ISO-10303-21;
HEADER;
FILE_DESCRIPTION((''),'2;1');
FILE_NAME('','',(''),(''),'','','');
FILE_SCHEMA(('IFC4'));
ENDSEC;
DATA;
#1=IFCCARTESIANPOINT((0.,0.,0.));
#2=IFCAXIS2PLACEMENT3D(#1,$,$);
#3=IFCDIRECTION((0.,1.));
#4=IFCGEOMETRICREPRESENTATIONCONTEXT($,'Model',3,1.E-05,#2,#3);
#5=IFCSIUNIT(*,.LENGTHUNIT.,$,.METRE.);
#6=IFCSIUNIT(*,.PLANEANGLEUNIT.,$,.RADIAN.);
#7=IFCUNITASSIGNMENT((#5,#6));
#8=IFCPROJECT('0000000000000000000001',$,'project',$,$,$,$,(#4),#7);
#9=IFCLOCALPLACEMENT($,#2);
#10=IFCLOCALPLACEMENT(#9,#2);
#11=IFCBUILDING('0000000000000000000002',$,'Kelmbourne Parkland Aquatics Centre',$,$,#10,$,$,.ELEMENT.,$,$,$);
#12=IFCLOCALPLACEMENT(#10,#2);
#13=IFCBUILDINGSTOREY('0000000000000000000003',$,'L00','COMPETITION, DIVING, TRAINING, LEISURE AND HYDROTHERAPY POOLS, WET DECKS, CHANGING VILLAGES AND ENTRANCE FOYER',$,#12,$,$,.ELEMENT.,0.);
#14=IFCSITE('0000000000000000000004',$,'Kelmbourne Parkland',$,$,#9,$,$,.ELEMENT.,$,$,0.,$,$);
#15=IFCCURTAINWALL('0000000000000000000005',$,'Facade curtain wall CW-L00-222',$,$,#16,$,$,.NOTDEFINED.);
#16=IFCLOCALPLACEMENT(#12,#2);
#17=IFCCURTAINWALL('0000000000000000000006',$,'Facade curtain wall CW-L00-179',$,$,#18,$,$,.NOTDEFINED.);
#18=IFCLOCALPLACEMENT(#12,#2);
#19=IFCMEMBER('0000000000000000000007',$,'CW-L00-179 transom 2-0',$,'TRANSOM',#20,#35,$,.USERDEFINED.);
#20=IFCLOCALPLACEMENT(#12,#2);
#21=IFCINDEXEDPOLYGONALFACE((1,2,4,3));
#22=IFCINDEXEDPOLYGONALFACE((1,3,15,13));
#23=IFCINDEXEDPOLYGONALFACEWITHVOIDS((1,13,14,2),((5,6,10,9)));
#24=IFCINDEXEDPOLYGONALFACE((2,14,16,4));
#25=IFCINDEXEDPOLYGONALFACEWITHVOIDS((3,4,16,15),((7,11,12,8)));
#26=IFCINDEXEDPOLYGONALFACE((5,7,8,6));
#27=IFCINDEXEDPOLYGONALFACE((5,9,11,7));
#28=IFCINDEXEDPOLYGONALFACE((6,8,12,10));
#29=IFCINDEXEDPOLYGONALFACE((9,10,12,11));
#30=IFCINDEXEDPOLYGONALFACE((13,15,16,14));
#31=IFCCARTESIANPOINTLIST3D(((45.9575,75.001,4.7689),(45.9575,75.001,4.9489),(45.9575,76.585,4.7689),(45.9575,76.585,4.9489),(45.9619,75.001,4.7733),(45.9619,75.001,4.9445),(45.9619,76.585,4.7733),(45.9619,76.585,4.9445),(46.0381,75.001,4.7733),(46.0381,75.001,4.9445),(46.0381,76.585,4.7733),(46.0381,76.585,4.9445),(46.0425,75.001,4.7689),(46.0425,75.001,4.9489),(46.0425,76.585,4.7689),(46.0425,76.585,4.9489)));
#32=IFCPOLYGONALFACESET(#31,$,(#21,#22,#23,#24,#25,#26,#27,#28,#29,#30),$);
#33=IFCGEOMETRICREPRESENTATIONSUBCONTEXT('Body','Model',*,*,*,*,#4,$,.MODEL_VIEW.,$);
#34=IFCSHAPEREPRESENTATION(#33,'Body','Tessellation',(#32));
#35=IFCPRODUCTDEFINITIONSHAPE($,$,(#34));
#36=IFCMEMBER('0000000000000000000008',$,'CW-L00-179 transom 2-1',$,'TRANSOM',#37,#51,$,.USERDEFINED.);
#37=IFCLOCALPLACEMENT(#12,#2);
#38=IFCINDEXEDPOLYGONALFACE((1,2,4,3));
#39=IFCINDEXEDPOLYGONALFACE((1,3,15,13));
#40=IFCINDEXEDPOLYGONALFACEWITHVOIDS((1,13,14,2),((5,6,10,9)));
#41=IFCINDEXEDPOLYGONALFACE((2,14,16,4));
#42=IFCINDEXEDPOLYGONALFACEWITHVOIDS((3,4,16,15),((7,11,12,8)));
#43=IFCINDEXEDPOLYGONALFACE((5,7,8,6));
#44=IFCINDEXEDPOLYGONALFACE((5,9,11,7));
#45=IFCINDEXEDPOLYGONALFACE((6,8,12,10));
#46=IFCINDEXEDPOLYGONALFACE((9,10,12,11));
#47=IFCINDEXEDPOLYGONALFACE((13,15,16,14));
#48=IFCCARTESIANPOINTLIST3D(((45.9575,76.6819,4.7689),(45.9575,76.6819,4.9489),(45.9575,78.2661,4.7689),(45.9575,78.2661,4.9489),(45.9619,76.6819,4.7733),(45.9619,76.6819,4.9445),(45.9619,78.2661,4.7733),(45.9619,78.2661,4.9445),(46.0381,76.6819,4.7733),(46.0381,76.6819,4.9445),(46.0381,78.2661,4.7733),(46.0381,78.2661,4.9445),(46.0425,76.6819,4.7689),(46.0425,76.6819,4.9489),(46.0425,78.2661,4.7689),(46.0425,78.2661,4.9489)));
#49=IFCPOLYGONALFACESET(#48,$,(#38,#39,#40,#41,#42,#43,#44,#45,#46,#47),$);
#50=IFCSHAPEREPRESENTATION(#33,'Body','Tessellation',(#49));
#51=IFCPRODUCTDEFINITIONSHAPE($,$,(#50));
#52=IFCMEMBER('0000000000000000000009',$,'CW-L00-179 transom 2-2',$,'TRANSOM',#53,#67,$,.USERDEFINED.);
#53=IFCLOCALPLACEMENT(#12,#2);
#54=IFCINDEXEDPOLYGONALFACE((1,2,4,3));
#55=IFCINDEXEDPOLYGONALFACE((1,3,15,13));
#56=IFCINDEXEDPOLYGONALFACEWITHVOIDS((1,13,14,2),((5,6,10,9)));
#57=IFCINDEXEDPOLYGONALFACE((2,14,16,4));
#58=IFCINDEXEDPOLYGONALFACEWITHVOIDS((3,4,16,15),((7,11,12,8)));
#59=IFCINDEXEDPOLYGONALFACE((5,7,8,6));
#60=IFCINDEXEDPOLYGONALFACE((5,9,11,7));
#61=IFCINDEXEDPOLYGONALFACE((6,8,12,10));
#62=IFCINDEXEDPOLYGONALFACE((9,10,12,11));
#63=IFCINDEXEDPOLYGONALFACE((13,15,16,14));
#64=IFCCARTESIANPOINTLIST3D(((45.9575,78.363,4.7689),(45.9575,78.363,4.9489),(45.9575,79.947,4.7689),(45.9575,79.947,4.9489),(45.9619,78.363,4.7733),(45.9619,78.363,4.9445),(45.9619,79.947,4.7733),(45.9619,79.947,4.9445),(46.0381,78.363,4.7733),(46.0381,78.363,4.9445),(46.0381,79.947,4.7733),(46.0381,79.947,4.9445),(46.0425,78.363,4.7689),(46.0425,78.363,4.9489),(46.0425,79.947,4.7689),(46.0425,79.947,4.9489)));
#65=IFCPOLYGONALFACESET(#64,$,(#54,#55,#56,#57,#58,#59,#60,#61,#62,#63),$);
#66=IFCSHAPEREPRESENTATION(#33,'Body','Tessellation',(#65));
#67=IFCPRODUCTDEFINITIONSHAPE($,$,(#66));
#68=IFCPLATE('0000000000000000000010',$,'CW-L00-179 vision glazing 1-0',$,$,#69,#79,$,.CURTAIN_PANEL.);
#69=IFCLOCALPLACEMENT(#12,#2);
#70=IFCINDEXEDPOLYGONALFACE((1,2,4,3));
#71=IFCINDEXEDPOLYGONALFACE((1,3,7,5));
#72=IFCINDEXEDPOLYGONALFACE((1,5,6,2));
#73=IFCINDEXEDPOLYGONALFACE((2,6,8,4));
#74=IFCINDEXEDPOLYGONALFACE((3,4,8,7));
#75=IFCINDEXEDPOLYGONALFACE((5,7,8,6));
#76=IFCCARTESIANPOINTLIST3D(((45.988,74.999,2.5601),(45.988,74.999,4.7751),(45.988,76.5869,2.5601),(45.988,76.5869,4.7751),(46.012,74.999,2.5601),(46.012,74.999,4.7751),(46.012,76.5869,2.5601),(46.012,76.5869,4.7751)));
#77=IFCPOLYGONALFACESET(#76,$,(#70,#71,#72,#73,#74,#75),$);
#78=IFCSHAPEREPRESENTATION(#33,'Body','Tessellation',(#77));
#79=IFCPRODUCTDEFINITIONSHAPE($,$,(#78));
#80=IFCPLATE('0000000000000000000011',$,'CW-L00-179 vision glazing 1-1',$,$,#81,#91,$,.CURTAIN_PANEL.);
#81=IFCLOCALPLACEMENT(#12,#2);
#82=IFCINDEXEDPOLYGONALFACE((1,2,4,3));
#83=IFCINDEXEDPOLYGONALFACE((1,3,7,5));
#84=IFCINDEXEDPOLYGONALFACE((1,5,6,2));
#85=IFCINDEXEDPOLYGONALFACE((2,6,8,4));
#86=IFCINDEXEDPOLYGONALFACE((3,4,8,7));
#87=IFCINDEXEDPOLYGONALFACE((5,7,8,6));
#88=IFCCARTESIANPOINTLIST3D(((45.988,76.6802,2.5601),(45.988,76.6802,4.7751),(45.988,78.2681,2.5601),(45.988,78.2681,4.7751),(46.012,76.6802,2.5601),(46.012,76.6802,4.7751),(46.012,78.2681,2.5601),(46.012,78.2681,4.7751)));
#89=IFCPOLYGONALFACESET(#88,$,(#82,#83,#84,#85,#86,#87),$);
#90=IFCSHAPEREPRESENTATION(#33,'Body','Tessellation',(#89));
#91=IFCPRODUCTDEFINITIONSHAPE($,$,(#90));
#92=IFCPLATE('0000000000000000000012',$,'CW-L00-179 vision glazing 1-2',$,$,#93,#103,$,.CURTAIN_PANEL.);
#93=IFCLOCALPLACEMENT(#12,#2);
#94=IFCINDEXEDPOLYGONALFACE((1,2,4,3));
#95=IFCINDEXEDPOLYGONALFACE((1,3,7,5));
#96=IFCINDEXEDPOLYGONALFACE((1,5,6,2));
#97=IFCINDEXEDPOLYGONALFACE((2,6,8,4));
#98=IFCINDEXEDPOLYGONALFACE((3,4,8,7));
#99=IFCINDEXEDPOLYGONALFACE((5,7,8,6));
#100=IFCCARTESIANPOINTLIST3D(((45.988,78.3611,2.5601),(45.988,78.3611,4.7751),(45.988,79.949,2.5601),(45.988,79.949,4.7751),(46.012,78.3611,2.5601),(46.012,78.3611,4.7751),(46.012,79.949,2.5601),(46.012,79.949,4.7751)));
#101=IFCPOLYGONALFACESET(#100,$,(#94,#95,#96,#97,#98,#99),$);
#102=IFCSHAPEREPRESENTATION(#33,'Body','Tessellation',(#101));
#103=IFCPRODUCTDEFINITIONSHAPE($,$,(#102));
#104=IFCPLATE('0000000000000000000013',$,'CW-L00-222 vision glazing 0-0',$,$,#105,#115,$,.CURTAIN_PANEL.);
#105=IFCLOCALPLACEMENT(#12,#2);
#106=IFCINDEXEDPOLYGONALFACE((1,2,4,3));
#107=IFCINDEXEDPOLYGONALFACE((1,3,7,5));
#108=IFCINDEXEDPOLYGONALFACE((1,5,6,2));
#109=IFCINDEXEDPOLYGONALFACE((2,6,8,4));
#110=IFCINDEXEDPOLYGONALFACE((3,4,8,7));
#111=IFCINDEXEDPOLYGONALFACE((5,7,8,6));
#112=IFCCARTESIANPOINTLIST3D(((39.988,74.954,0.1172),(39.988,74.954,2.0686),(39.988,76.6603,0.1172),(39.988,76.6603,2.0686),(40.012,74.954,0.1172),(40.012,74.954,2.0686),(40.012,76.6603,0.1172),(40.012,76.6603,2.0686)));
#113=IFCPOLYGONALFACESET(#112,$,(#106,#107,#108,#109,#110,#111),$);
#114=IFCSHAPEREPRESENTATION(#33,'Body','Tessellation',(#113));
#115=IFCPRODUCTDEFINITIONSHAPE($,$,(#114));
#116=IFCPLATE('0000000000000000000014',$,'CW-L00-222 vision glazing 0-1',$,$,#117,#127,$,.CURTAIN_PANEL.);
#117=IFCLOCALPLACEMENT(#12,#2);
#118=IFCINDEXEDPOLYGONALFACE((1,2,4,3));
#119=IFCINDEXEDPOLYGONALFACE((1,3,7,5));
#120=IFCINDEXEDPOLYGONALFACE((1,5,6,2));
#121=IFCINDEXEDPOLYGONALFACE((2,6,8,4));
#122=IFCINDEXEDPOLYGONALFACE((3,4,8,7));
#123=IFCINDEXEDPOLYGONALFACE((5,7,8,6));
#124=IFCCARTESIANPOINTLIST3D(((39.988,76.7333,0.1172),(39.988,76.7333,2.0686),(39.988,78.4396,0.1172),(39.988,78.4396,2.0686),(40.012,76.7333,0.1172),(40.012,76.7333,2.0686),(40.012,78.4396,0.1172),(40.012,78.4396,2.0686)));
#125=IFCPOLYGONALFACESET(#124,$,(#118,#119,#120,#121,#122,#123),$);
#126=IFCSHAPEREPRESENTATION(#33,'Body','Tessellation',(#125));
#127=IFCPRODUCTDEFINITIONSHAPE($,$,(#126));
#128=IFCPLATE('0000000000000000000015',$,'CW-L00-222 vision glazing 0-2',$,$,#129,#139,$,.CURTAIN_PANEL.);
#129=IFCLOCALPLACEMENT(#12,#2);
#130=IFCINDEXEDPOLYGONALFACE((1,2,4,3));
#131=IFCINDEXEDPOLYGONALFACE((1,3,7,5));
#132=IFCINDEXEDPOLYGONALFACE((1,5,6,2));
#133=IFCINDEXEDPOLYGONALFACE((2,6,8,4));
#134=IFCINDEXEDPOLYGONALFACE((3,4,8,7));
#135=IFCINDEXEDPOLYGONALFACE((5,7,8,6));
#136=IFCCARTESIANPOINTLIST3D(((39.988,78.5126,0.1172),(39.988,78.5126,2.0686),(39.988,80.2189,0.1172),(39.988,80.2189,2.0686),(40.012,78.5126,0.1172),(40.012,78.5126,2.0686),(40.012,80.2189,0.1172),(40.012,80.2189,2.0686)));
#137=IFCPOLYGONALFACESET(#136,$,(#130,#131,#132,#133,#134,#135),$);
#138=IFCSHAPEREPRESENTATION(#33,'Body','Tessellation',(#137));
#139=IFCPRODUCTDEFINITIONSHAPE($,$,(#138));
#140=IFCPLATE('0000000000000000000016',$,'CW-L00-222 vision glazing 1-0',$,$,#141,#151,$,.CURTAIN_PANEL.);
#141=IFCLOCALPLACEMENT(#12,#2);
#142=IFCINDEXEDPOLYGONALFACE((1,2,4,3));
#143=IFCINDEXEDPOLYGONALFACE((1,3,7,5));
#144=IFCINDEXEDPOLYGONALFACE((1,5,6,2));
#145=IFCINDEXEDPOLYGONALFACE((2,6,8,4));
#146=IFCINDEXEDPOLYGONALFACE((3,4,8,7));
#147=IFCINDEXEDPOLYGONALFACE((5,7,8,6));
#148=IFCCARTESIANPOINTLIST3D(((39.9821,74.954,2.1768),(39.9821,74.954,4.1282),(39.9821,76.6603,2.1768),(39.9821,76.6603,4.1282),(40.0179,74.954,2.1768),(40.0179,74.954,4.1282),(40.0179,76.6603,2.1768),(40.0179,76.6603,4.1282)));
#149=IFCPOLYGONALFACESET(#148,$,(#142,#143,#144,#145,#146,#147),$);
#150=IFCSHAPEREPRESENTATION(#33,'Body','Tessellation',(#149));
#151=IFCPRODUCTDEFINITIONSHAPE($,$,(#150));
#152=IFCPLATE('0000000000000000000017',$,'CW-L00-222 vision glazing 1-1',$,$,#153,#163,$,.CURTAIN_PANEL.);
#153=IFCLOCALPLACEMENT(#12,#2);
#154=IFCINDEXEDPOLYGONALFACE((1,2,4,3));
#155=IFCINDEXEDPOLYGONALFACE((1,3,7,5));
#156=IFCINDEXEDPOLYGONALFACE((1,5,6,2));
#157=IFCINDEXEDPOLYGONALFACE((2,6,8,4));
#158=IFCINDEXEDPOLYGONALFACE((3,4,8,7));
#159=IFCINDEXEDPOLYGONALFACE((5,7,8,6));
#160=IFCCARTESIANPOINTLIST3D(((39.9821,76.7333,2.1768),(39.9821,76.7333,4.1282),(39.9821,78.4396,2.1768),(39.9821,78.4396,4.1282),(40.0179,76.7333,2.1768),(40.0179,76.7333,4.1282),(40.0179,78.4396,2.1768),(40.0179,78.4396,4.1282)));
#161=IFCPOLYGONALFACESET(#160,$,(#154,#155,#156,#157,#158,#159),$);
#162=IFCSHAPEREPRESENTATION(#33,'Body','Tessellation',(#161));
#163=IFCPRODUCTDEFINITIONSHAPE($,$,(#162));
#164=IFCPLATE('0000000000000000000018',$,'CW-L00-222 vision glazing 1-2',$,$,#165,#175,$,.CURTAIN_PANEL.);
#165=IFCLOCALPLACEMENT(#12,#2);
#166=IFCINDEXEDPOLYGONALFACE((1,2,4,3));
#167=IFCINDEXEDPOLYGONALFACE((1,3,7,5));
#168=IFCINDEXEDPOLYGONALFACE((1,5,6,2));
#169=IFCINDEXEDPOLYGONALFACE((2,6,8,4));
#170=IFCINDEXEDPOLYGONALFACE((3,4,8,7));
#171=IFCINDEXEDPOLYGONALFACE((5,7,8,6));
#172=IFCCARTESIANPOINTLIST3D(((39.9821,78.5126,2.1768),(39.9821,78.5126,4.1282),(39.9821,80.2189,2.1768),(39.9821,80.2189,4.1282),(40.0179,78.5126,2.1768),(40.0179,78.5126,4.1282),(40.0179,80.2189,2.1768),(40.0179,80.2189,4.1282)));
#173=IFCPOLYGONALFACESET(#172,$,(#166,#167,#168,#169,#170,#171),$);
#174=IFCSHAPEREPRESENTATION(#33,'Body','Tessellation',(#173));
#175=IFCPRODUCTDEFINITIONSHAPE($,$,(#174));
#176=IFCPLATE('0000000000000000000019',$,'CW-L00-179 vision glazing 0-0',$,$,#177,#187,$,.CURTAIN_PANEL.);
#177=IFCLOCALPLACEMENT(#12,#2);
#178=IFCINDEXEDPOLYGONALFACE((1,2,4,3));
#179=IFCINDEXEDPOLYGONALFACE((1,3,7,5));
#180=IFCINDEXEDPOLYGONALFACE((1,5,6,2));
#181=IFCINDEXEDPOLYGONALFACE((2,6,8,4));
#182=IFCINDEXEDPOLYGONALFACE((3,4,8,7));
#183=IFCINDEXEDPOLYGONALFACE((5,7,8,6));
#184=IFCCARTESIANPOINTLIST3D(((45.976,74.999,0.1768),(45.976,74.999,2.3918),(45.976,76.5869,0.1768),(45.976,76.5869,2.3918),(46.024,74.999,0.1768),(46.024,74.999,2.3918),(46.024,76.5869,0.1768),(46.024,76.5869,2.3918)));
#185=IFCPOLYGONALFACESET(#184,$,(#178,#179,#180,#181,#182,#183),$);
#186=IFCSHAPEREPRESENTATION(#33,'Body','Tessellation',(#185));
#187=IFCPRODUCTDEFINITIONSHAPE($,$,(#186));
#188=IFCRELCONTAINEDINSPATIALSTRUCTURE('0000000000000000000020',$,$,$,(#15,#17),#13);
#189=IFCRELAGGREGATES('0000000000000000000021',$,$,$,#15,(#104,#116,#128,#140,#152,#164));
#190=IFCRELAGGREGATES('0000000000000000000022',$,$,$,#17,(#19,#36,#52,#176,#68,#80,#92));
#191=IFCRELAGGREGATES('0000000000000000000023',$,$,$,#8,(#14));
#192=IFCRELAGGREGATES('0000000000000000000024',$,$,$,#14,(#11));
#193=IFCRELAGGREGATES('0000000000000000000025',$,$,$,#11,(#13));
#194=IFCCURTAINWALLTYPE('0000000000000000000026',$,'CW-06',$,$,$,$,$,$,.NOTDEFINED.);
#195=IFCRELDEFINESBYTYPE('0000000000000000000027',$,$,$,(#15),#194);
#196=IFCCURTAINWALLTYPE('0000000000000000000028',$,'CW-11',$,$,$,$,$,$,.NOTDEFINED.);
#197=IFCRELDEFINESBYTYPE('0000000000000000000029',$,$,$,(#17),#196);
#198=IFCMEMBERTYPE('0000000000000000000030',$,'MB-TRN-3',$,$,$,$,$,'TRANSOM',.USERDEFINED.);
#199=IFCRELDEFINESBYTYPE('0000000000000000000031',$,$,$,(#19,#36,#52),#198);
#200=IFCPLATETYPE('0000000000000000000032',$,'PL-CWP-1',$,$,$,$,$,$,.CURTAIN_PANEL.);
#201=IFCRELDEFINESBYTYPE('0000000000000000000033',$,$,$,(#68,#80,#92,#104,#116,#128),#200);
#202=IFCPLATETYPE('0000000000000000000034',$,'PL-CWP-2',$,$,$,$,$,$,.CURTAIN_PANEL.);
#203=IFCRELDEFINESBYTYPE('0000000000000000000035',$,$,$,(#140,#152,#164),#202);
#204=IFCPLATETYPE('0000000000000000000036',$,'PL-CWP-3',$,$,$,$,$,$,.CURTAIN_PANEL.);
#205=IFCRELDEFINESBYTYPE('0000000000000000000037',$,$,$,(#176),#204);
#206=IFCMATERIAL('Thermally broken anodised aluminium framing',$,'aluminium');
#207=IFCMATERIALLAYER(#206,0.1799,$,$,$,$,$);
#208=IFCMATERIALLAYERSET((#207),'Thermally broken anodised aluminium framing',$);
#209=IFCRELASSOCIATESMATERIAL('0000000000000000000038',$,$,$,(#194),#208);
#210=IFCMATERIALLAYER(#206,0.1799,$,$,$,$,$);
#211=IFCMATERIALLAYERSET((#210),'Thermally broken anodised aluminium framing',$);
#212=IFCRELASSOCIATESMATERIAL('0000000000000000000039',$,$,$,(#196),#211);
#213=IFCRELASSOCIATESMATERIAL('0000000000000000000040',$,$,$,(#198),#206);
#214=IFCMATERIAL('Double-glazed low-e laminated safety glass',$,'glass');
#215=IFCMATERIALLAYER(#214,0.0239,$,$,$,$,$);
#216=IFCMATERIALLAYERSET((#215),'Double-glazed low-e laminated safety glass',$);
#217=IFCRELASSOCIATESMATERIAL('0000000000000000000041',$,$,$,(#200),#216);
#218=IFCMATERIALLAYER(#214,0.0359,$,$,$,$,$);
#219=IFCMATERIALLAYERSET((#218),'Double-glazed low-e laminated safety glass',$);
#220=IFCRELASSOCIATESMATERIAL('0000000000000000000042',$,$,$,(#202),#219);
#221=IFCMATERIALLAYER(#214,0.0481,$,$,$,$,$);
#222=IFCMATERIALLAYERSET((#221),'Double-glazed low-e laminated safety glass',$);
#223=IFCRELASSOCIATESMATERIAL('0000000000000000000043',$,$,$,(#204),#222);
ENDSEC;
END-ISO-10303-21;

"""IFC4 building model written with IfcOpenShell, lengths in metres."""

from ifc_helpers import new_model, si_unit, direction, frame, origin, origin_2d, place, context, subcontext, project, spatial, rectangle, hollow_rectangle, extrude, material, layer, layer_set, material_profile, profile_set, type_object, element, aggregate, save


model = new_model("IFC4")

# Units and contexts
model_context = context("Model", 3, precision=1e-05, world=origin(), true_north=direction((0.0, 1.0)))
body_context = subcontext(model_context, "Body", "Model", "MODEL_VIEW")
ifc_project = project(units=[si_unit("LENGTHUNIT", "METRE"), si_unit("PLANEANGLEUNIT", "RADIAN")], contexts=[model_context])

# Site, building, storey
site_placement = place(None, origin())
site = spatial("IfcSite", under=ifc_project, at=site_placement, Name="Kelmbourne Parkland", CompositionType="ELEMENT", RefElevation=0.0)
building_placement = place(site_placement, origin())
building = spatial("IfcBuilding", under=site, at=building_placement, Name="Kelmbourne Parkland Aquatics Centre", CompositionType="ELEMENT")
storey_placement = place(building_placement, origin())
storey = spatial("IfcBuildingStorey", under=building, at=storey_placement, Name="L00", Description="COMPETITION, DIVING, TRAINING, LEISURE AND HYDROTHERAPY POOLS, WET DECKS, CHANGING VILLAGES AND ENTRANCE FOYER", CompositionType="ELEMENT", Elevation=0.0)

# Curtain walls
ifc_material_1 = material(Name="Thermally broken anodised aluminium framing", Category="aluminium")
ifc_layer_1 = layer(ifc_material_1, 0.1799)
ifc_layer_set_1 = layer_set([ifc_layer_1], Name="Thermally broken anodised aluminium framing")
curtain_wall_type_1 = type_object("IfcCurtainWallType", Name="CW-06", PredefinedType="NOTDEFINED", material=ifc_layer_set_1)
curtain_wall_1_placement = place(storey_placement, origin())
curtain_wall_1 = element("IfcCurtainWall", 1, at=curtain_wall_1_placement, inside=storey, type_object=curtain_wall_type_1, Name="Facade curtain wall CW-L00-222", PredefinedType="NOTDEFINED")
ifc_layer_2 = layer(ifc_material_1, 0.1799)
ifc_layer_set_2 = layer_set([ifc_layer_2], Name="Thermally broken anodised aluminium framing")
curtain_wall_type_2 = type_object("IfcCurtainWallType", Name="CW-11", PredefinedType="NOTDEFINED", material=ifc_layer_set_2)
curtain_wall_2_placement = place(storey_placement, origin())
curtain_wall_2 = element("IfcCurtainWall", 2, at=curtain_wall_2_placement, inside=storey, type_object=curtain_wall_type_2, Name="Facade curtain wall CW-L00-179", PredefinedType="NOTDEFINED")

# Members
ifc_material_profile_1 = material_profile(ifc_material_1, hollow_rectangle(XDim=0.085, YDim=0.1799, WallThickness=0.0044, at=origin_2d()), Name="CW-T 85x180")
ifc_profile_set_1 = profile_set([ifc_material_profile_1], Name="Thermally broken anodised aluminium framing")
member_type_1 = type_object("IfcMemberType", Name="MB-TRN-3", ElementType="TRANSOM", PredefinedType="USERDEFINED", material=ifc_profile_set_1)
member_1_placement = place(storey_placement, frame((46.0, 75.001, 4.8589), z_axis=(0.0, 1.0, 0.0), x_axis=(-1.0, 0.0, 0.0)))
member_1 = element("IfcMember", 3, at=member_1_placement, type_object=member_type_1, Name="CW-L00-179 transom 2-0", ObjectType="TRANSOM", PredefinedType="USERDEFINED", context=body_context, shape_type="SweptSolid", body=[
    extrude(hollow_rectangle(XDim=0.085, YDim=0.1799, WallThickness=0.0044, at=origin_2d()), origin(), (0.0, 0.0, 1.0), 1.584),
])
member_2_placement = place(storey_placement, frame((46.0, 76.6819, 4.8589), z_axis=(0.0, 1.0, 0.0), x_axis=(-1.0, 0.0, 0.0)))
member_2 = element("IfcMember", 4, at=member_2_placement, type_object=member_type_1, Name="CW-L00-179 transom 2-1", ObjectType="TRANSOM", PredefinedType="USERDEFINED", context=body_context, shape_type="SweptSolid", body=[
    extrude(hollow_rectangle(XDim=0.085, YDim=0.1799, WallThickness=0.0044, at=origin_2d()), origin(), (0.0, 0.0, 1.0), 1.5842),
])
member_3_placement = place(storey_placement, frame((46.0, 78.363, 4.8589), z_axis=(0.0, 1.0, 0.0), x_axis=(-1.0, 0.0, 0.0)))
member_3 = element("IfcMember", 5, at=member_3_placement, type_object=member_type_1, Name="CW-L00-179 transom 2-2", ObjectType="TRANSOM", PredefinedType="USERDEFINED", context=body_context, shape_type="SweptSolid", body=[
    extrude(hollow_rectangle(XDim=0.085, YDim=0.1799, WallThickness=0.0044, at=origin_2d()), origin(), (0.0, 0.0, 1.0), 1.584),
])

# Plates
ifc_material_2 = material(Name="Double-glazed low-e laminated safety glass", Category="glass")
ifc_layer_3 = layer(ifc_material_2, 0.0239)
ifc_layer_set_3 = layer_set([ifc_layer_3], Name="Double-glazed low-e laminated safety glass")
plate_type_1 = type_object("IfcPlateType", Name="PL-CWP-1", PredefinedType="CURTAIN_PANEL", material=ifc_layer_set_3)
plate_1_placement = place(storey_placement, frame((46.0, 75.793, 2.5601), z_axis=(0.0, 0.0, 1.0), x_axis=(0.0, 1.0, 0.0)))
plate_1 = element("IfcPlate", 6, at=plate_1_placement, type_object=plate_type_1, Name="CW-L00-179 vision glazing 1-0", PredefinedType="CURTAIN_PANEL", context=body_context, shape_type="SweptSolid", body=[
    extrude(rectangle(XDim=1.5879, YDim=0.0239, at=origin_2d()), origin(), (0.0, 0.0, 1.0), 2.2151),
])
plate_2_placement = place(storey_placement, frame((46.0, 77.4741, 2.5601), z_axis=(0.0, 0.0, 1.0), x_axis=(0.0, 1.0, 0.0)))
plate_2 = element("IfcPlate", 7, at=plate_2_placement, type_object=plate_type_1, Name="CW-L00-179 vision glazing 1-1", PredefinedType="CURTAIN_PANEL", context=body_context, shape_type="SweptSolid", body=[
    extrude(rectangle(XDim=1.5879, YDim=0.0239, at=origin_2d()), origin(), (0.0, 0.0, 1.0), 2.2151),
])
plate_3_placement = place(storey_placement, frame((46.0, 79.155, 2.5601), z_axis=(0.0, 0.0, 1.0), x_axis=(0.0, 1.0, 0.0)))
plate_3 = element("IfcPlate", 8, at=plate_3_placement, type_object=plate_type_1, Name="CW-L00-179 vision glazing 1-2", PredefinedType="CURTAIN_PANEL", context=body_context, shape_type="SweptSolid", body=[
    extrude(rectangle(XDim=1.5879, YDim=0.0239, at=origin_2d()), origin(), (0.0, 0.0, 1.0), 2.2151),
])
plate_4_placement = place(storey_placement, frame((40.0, 75.8071, 0.1172), z_axis=(0.0, 0.0, 1.0), x_axis=(0.0, 1.0, 0.0)))
plate_4 = element("IfcPlate", 9, at=plate_4_placement, type_object=plate_type_1, Name="CW-L00-222 vision glazing 0-0", PredefinedType="CURTAIN_PANEL", context=body_context, shape_type="SweptSolid", body=[
    extrude(rectangle(XDim=1.7063, YDim=0.0239, at=origin_2d()), origin(), (0.0, 0.0, 1.0), 1.9514),
])
plate_5_placement = place(storey_placement, frame((40.0, 77.5864, 0.1172), z_axis=(0.0, 0.0, 1.0), x_axis=(0.0, 1.0, 0.0)))
plate_5 = element("IfcPlate", 10, at=plate_5_placement, type_object=plate_type_1, Name="CW-L00-222 vision glazing 0-1", PredefinedType="CURTAIN_PANEL", context=body_context, shape_type="SweptSolid", body=[
    extrude(rectangle(XDim=1.7063, YDim=0.0239, at=origin_2d()), origin(), (0.0, 0.0, 1.0), 1.9514),
])
plate_6_placement = place(storey_placement, frame((40.0, 79.3657, 0.1172), z_axis=(0.0, 0.0, 1.0), x_axis=(0.0, 1.0, 0.0)))
plate_6 = element("IfcPlate", 11, at=plate_6_placement, type_object=plate_type_1, Name="CW-L00-222 vision glazing 0-2", PredefinedType="CURTAIN_PANEL", context=body_context, shape_type="SweptSolid", body=[
    extrude(rectangle(XDim=1.7063, YDim=0.0239, at=origin_2d()), origin(), (0.0, 0.0, 1.0), 1.9514),
])
ifc_layer_4 = layer(ifc_material_2, 0.0359)
ifc_layer_set_4 = layer_set([ifc_layer_4], Name="Double-glazed low-e laminated safety glass")
plate_type_2 = type_object("IfcPlateType", Name="PL-CWP-2", PredefinedType="CURTAIN_PANEL", material=ifc_layer_set_4)
plate_7_placement = place(storey_placement, frame((40.0, 75.8071, 2.1768), z_axis=(0.0, 0.0, 1.0), x_axis=(0.0, 1.0, 0.0)))
plate_7 = element("IfcPlate", 12, at=plate_7_placement, type_object=plate_type_2, Name="CW-L00-222 vision glazing 1-0", PredefinedType="CURTAIN_PANEL", context=body_context, shape_type="SweptSolid", body=[
    extrude(rectangle(XDim=1.7063, YDim=0.0359, at=origin_2d()), origin(), (0.0, 0.0, 1.0), 1.9514),
])
plate_8_placement = place(storey_placement, frame((40.0, 77.5864, 2.1768), z_axis=(0.0, 0.0, 1.0), x_axis=(0.0, 1.0, 0.0)))
plate_8 = element("IfcPlate", 13, at=plate_8_placement, type_object=plate_type_2, Name="CW-L00-222 vision glazing 1-1", PredefinedType="CURTAIN_PANEL", context=body_context, shape_type="SweptSolid", body=[
    extrude(rectangle(XDim=1.7063, YDim=0.0359, at=origin_2d()), origin(), (0.0, 0.0, 1.0), 1.9514),
])
plate_9_placement = place(storey_placement, frame((40.0, 79.3657, 2.1768), z_axis=(0.0, 0.0, 1.0), x_axis=(0.0, 1.0, 0.0)))
plate_9 = element("IfcPlate", 14, at=plate_9_placement, type_object=plate_type_2, Name="CW-L00-222 vision glazing 1-2", PredefinedType="CURTAIN_PANEL", context=body_context, shape_type="SweptSolid", body=[
    extrude(rectangle(XDim=1.7063, YDim=0.0359, at=origin_2d()), origin(), (0.0, 0.0, 1.0), 1.9514),
])
aggregate(curtain_wall_1, [plate_4, plate_5, plate_6, plate_7, plate_8, plate_9])
ifc_layer_5 = layer(ifc_material_2, 0.0481)
ifc_layer_set_5 = layer_set([ifc_layer_5], Name="Double-glazed low-e laminated safety glass")
plate_type_3 = type_object("IfcPlateType", Name="PL-CWP-3", PredefinedType="CURTAIN_PANEL", material=ifc_layer_set_5)
plate_10_placement = place(storey_placement, frame((46.0, 75.793, 0.1768), z_axis=(0.0, 0.0, 1.0), x_axis=(0.0, 1.0, 0.0)))
plate_10 = element("IfcPlate", 15, at=plate_10_placement, type_object=plate_type_3, Name="CW-L00-179 vision glazing 0-0", PredefinedType="CURTAIN_PANEL", context=body_context, shape_type="SweptSolid", body=[
    extrude(rectangle(XDim=1.5879, YDim=0.0481, at=origin_2d()), origin(), (0.0, 0.0, 1.0), 2.2151),
])
aggregate(curtain_wall_2, [member_1, member_2, member_3, plate_10, plate_1, plate_2, plate_3])

save(model, "model.ifc")
